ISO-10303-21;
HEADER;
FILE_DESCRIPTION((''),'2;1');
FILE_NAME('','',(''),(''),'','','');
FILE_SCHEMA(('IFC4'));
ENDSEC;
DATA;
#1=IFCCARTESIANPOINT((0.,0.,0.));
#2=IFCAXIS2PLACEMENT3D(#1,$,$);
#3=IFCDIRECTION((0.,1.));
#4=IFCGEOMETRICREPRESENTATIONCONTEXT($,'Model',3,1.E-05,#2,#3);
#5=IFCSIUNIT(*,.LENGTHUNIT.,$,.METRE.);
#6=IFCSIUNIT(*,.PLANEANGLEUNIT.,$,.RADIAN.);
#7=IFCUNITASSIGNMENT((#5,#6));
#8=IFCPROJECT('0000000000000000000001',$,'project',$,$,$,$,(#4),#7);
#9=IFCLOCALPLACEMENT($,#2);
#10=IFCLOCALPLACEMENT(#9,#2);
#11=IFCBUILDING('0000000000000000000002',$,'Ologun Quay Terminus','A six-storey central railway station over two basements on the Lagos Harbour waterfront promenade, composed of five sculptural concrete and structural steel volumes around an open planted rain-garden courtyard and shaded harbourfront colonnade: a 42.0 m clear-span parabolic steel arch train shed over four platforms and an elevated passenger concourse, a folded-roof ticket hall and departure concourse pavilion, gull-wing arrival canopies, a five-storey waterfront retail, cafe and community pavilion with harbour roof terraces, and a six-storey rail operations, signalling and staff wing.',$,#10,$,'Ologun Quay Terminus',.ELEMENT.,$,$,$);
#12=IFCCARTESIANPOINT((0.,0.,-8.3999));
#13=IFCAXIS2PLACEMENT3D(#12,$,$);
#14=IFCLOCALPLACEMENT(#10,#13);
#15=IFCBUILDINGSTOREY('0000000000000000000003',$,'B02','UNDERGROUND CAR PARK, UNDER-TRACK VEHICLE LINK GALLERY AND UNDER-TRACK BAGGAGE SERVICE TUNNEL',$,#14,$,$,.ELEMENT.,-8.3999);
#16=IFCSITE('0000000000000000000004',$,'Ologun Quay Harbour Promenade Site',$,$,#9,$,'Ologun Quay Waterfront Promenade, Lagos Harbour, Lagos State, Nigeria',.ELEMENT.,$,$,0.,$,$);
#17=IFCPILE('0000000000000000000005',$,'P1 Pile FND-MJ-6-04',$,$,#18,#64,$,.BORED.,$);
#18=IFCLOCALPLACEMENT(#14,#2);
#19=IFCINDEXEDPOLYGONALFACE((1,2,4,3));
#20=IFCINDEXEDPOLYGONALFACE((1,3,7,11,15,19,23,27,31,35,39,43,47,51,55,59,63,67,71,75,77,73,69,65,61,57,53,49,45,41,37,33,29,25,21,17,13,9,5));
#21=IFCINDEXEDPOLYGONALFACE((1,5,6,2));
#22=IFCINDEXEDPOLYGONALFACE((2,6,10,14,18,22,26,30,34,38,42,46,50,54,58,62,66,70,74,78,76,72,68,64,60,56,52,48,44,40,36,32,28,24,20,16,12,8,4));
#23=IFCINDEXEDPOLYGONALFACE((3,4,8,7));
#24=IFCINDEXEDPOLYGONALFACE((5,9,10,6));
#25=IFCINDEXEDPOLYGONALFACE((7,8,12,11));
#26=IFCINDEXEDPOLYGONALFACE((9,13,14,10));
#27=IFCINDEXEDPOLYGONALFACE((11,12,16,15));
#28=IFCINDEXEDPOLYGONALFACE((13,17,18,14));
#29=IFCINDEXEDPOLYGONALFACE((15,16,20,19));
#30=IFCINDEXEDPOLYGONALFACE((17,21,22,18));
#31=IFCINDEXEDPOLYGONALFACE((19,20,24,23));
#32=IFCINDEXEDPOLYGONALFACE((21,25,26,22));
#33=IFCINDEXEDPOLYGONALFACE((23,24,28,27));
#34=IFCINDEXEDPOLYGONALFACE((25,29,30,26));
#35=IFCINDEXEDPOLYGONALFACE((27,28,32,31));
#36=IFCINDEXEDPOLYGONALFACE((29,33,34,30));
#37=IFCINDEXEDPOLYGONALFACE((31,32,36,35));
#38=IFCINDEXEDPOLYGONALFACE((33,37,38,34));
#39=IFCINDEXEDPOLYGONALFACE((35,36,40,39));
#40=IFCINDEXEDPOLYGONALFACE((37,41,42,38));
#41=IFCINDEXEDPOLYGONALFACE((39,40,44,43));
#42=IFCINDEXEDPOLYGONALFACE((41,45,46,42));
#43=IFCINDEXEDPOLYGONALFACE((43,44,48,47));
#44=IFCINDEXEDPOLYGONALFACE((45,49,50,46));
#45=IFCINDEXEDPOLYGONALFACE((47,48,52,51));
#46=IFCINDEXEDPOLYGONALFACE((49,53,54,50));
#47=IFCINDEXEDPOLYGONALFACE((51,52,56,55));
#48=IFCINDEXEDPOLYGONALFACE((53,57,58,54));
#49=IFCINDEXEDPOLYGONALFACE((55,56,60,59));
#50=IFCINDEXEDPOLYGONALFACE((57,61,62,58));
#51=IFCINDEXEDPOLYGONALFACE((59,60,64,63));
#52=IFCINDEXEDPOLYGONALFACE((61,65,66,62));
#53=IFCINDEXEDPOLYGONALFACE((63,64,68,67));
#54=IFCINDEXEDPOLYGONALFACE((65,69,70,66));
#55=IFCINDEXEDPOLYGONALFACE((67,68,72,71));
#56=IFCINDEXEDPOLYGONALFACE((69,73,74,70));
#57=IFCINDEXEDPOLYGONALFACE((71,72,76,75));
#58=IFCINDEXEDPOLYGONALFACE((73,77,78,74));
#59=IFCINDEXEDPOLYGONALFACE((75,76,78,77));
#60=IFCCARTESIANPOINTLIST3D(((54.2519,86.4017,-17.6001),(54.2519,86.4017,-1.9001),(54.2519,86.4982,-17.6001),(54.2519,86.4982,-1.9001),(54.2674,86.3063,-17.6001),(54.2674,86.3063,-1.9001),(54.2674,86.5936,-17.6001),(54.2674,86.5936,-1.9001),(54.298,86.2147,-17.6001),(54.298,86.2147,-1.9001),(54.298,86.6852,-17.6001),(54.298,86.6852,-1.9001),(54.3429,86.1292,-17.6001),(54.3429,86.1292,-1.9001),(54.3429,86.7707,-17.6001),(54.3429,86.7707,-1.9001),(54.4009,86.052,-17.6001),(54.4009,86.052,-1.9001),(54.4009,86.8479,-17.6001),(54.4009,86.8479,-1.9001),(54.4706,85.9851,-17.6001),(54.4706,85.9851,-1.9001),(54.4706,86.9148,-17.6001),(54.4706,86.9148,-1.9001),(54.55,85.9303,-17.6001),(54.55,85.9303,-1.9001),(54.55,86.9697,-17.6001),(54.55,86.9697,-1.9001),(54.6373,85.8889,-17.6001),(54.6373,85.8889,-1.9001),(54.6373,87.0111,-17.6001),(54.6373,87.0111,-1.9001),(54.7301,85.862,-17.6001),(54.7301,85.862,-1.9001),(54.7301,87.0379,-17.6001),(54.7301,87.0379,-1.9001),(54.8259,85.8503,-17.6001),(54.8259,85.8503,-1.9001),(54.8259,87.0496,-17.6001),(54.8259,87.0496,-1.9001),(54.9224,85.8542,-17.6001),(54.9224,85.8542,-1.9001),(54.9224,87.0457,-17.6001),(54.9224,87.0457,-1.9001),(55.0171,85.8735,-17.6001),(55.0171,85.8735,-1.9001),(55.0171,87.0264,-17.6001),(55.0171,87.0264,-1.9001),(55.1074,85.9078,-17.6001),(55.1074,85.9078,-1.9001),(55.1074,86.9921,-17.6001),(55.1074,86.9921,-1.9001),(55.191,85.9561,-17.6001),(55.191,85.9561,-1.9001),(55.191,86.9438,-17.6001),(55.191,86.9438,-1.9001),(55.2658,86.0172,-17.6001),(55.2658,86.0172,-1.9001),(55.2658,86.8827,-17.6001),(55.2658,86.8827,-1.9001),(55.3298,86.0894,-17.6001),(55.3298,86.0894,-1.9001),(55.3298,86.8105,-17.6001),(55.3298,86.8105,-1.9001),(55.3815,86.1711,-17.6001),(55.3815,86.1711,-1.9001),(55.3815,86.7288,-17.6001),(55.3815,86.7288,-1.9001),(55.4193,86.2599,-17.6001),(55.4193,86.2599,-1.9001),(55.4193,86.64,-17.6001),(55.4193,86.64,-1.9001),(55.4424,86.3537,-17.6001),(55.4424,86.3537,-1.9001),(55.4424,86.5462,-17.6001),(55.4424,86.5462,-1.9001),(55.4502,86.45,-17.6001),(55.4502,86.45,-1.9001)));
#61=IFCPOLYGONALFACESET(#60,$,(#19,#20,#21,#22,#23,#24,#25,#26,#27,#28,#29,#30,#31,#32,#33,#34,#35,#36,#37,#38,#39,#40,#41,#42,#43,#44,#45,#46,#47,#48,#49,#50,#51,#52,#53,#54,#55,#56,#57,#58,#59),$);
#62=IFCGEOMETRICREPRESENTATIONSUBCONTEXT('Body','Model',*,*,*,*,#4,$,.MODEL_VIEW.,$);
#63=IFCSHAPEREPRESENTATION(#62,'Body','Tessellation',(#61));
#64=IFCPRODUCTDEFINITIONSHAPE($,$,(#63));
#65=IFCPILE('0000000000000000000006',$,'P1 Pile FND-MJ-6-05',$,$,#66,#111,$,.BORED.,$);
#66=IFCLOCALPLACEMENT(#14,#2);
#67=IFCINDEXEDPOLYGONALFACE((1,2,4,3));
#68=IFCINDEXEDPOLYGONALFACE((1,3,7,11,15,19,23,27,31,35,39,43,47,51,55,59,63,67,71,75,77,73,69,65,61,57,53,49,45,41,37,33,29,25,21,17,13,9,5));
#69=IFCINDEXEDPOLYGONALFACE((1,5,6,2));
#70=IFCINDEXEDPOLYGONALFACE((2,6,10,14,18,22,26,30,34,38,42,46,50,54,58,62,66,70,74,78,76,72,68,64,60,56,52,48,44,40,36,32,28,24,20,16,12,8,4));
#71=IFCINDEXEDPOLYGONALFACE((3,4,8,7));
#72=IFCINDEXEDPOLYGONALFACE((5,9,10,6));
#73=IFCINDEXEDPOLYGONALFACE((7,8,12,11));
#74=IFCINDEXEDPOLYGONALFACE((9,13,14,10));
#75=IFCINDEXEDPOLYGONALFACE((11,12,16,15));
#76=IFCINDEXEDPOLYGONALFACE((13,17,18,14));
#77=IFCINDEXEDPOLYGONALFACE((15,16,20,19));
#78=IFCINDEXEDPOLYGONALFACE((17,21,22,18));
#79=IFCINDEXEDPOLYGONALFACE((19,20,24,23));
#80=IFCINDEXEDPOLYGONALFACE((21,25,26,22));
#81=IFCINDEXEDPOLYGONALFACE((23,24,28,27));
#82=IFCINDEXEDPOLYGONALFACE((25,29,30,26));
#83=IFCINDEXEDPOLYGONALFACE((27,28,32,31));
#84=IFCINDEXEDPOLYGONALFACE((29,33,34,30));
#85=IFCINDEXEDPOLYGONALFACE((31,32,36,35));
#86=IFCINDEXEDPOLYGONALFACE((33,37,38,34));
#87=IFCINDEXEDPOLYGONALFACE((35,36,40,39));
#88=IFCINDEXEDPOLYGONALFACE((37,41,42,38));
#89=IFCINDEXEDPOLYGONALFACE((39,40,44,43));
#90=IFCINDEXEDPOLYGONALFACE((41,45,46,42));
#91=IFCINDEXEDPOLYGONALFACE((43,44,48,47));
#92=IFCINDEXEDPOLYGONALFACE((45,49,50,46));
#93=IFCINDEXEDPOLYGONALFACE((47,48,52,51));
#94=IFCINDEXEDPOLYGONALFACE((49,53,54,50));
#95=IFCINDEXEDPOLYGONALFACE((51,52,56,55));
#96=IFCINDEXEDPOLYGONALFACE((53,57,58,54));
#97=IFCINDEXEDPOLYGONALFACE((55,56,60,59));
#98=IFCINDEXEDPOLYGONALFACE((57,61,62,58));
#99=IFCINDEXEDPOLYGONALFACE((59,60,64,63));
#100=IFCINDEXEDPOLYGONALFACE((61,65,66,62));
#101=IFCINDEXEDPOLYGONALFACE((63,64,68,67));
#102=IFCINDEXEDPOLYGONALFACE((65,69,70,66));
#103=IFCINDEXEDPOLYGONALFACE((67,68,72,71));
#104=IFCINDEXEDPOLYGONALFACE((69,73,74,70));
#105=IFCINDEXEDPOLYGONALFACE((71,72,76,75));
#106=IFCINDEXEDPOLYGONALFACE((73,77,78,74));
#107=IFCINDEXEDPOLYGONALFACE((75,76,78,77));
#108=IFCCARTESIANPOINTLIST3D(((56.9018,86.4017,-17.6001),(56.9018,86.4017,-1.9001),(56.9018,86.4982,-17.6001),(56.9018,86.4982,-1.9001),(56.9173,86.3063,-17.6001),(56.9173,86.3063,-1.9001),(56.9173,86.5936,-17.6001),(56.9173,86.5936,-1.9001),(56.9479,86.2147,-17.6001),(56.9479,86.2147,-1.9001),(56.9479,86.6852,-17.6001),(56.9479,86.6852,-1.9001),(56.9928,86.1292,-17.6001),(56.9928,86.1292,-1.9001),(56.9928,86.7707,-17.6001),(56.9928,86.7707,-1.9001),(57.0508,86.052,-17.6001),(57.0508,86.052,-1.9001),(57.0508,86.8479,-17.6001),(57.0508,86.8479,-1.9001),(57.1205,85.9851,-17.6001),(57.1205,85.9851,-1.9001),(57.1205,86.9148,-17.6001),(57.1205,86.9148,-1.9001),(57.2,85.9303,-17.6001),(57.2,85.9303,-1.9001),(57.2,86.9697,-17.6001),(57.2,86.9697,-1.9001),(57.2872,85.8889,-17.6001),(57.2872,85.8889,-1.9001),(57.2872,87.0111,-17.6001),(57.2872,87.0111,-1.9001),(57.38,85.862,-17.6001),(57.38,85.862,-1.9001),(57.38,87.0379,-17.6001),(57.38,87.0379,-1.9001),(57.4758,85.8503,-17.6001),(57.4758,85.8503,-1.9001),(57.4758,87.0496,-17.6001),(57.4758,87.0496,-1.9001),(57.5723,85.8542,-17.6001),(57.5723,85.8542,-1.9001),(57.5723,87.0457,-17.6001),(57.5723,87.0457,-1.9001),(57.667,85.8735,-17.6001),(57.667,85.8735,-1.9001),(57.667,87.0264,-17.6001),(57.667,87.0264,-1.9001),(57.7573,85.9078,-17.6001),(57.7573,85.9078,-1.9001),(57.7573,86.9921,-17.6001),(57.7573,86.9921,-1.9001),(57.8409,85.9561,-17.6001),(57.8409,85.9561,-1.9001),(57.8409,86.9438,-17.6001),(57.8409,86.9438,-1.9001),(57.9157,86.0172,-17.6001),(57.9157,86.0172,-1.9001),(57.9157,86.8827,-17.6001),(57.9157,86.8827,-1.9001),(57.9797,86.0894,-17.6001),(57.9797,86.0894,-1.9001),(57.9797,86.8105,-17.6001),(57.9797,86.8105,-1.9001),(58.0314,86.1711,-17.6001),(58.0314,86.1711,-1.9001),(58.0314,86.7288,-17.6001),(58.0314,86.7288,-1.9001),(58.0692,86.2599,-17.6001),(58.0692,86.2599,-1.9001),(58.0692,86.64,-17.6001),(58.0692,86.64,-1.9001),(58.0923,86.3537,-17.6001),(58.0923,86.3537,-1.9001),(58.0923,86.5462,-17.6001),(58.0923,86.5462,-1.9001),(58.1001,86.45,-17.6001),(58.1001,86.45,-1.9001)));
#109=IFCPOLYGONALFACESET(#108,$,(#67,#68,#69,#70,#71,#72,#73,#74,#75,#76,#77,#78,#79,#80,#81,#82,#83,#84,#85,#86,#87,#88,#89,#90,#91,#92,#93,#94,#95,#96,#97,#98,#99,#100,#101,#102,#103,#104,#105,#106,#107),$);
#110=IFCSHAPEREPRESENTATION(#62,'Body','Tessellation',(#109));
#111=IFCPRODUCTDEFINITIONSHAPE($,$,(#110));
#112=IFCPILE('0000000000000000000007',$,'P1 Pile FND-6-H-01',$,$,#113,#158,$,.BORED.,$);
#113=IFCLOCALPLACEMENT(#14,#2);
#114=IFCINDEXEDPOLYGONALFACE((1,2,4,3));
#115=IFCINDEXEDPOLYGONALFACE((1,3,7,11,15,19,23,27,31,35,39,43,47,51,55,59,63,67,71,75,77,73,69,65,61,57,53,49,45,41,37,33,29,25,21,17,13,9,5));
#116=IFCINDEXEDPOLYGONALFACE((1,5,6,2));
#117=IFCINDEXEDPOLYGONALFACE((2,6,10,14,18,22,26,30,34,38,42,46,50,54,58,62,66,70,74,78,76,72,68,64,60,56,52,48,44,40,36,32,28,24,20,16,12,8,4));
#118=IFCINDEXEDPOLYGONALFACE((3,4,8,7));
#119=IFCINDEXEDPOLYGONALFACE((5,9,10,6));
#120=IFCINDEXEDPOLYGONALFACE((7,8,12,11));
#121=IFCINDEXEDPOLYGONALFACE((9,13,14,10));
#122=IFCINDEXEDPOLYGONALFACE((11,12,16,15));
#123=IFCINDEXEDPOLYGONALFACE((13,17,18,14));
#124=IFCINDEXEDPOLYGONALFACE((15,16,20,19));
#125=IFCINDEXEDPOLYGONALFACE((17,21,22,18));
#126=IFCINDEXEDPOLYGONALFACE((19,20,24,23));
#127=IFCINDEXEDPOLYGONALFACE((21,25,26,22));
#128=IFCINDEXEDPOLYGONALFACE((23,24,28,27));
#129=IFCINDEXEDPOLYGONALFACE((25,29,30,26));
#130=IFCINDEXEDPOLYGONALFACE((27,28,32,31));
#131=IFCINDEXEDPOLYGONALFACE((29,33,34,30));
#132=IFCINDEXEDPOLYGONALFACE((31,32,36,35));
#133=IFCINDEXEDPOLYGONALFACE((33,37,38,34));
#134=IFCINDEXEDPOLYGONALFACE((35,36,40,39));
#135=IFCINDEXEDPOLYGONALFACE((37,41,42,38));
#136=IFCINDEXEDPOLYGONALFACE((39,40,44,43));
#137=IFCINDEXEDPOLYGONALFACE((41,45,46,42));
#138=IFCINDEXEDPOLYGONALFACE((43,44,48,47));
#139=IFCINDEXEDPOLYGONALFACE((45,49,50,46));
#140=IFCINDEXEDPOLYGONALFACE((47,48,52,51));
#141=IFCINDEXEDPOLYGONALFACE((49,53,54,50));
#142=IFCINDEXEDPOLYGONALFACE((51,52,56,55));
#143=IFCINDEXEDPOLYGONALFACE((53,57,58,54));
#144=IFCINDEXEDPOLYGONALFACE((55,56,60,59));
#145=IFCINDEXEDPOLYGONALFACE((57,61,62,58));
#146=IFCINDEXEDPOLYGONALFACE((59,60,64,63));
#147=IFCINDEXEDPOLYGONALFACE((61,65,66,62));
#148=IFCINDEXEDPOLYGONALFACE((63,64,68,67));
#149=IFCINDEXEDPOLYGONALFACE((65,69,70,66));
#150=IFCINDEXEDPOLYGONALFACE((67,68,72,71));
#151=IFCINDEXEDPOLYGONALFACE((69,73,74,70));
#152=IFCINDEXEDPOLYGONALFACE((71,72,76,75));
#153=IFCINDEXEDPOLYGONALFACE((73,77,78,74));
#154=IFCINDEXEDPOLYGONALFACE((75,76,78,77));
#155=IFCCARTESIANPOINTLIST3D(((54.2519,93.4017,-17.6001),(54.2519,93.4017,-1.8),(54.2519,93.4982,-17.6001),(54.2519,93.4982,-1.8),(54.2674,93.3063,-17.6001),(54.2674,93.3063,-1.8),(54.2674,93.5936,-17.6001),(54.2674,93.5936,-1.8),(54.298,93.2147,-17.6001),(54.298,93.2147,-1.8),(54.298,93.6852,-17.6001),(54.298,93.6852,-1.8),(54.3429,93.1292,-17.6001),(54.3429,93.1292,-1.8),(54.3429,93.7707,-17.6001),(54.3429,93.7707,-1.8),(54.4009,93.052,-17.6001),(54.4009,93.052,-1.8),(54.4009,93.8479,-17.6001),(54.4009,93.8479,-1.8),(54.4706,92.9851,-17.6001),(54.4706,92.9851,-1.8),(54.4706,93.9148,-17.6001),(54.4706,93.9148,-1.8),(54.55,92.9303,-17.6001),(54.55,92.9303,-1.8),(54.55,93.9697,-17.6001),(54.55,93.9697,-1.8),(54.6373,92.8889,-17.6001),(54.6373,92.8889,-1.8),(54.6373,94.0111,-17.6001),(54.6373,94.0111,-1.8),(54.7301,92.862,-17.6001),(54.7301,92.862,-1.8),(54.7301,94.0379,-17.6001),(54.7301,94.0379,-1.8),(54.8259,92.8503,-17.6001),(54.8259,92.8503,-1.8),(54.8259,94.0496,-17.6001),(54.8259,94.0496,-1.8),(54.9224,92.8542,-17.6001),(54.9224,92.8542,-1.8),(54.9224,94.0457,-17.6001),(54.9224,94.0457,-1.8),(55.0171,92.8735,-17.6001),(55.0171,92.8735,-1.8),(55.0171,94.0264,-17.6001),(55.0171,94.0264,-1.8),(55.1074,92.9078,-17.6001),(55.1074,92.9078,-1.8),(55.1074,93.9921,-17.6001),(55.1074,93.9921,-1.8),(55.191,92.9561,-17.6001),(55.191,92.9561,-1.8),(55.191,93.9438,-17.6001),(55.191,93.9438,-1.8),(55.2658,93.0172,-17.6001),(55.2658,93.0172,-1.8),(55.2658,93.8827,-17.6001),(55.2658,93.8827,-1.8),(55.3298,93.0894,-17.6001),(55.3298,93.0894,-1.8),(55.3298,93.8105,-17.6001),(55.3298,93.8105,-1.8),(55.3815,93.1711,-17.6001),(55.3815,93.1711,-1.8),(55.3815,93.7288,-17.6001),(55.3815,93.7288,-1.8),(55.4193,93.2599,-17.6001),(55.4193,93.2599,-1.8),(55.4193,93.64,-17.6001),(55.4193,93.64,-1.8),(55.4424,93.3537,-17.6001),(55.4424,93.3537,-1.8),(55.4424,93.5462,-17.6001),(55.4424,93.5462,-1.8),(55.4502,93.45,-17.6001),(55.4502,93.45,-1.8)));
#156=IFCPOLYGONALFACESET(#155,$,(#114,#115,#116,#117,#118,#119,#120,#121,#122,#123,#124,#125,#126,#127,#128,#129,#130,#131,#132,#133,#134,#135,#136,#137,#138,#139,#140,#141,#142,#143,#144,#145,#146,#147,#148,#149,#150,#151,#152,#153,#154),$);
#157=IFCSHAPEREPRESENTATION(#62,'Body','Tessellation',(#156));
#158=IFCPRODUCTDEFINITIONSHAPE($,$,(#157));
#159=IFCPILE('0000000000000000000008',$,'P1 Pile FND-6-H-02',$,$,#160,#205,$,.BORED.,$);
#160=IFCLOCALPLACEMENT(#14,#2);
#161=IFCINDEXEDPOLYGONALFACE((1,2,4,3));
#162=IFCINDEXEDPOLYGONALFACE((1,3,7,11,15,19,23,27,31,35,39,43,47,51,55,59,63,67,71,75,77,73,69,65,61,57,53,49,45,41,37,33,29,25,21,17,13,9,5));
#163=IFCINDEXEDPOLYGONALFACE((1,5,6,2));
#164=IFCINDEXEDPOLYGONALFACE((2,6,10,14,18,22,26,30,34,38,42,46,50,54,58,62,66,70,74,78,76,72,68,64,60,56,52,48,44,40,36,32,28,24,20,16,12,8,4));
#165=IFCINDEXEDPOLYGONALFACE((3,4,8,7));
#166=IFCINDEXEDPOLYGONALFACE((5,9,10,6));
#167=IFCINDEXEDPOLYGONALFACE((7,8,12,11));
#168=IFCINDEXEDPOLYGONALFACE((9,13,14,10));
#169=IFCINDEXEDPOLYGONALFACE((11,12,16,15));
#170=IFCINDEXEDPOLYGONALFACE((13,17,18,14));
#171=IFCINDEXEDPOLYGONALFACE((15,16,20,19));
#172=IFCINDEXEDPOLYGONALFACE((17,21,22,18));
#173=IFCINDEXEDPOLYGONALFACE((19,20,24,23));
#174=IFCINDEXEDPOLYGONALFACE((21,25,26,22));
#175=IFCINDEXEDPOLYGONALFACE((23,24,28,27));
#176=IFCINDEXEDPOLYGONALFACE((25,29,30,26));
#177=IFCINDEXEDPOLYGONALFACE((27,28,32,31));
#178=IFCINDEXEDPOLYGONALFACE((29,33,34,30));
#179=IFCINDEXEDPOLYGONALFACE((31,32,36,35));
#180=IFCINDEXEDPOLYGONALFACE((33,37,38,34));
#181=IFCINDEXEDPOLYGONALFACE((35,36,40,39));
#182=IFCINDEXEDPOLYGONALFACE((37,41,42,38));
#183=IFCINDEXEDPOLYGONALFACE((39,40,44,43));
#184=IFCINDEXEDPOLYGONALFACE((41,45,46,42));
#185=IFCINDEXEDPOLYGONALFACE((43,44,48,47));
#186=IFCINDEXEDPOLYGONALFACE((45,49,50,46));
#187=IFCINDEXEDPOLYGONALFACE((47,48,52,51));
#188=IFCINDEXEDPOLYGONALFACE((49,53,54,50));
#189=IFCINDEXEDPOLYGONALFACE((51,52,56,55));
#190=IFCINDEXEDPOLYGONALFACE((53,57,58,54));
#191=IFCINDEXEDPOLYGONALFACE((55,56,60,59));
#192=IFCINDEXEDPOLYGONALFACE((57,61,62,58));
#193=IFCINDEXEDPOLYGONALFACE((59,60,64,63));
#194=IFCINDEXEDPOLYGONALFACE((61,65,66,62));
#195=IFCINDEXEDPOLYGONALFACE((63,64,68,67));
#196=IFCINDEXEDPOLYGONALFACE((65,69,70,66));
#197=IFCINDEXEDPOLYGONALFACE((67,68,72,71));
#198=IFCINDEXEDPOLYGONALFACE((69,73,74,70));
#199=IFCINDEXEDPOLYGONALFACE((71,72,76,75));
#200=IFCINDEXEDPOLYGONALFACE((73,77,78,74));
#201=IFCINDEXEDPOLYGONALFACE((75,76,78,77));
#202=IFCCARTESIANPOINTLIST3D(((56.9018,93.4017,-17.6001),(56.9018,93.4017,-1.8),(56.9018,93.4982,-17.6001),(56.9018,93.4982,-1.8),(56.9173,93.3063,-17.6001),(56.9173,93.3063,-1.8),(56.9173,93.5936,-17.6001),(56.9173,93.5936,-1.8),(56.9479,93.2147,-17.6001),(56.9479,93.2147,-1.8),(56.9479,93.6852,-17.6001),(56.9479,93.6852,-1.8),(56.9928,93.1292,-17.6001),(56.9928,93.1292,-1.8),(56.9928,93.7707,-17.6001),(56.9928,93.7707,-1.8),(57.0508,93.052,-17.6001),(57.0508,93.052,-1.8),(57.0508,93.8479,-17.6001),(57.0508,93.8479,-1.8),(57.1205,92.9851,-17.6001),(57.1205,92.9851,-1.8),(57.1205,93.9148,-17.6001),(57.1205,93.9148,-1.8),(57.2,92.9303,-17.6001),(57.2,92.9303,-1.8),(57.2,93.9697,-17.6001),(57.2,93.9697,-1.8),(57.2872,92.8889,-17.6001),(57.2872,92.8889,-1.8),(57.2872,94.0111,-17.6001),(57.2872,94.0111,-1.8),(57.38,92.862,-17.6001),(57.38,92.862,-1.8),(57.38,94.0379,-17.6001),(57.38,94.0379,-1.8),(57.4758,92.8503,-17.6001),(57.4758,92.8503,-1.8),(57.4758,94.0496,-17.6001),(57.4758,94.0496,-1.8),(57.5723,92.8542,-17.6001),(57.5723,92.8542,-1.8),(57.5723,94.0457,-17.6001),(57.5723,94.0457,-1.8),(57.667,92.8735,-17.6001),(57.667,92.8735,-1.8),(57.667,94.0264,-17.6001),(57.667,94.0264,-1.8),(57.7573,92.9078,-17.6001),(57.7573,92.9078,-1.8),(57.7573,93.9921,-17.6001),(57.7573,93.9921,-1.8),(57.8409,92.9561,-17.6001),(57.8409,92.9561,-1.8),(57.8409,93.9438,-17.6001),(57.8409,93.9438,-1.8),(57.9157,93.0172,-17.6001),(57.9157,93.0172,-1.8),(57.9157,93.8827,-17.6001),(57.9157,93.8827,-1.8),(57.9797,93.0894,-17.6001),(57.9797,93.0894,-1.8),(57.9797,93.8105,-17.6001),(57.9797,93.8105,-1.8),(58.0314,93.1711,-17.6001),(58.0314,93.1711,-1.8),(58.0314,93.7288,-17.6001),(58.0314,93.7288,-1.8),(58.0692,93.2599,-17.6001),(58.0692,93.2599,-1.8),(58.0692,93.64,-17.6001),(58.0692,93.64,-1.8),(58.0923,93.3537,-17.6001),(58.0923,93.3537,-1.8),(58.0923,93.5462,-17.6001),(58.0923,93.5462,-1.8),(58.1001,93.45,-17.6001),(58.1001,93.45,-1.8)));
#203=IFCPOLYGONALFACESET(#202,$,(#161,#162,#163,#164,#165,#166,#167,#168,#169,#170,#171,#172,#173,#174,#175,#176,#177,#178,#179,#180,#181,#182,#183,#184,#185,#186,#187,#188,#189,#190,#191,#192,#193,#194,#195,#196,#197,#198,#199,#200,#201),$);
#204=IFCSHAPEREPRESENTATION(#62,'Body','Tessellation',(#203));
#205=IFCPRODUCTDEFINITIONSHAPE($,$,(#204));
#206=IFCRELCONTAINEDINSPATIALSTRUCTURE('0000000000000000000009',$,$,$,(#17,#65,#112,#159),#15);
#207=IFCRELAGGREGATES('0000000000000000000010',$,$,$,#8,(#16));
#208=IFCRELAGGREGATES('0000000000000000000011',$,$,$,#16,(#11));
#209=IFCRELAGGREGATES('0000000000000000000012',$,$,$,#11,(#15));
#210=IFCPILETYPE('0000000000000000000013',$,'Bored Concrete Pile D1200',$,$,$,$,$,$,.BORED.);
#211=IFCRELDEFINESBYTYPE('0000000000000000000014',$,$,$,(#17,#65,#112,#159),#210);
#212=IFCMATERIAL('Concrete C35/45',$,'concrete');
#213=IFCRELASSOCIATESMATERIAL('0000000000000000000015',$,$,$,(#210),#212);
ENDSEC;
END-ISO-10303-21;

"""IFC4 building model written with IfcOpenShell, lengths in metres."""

from ifc_helpers import new_model, si_unit, direction, frame, origin, origin_2d, place, context, subcontext, project, spatial, circle, extrude, material, material_profile, profile_set, type_object, element, save


model = new_model("IFC4")

# Units and contexts
model_context = context("Model", 3, precision=1e-05, world=origin(), true_north=direction((0.0, 1.0)))
body_context = subcontext(model_context, "Body", "Model", "MODEL_VIEW")
ifc_project = project(units=[si_unit("LENGTHUNIT", "METRE"), si_unit("PLANEANGLEUNIT", "RADIAN")], contexts=[model_context])

# Site, building, storey
site_placement = place(None, origin())
site = spatial("IfcSite", under=ifc_project, at=site_placement, Name="Ologun Quay Harbour Promenade Site", LongName="Ologun Quay Waterfront Promenade, Lagos Harbour, Lagos State, Nigeria", CompositionType="ELEMENT", RefElevation=0.0)
building_placement = place(site_placement, origin())
building = spatial("IfcBuilding", under=site, at=building_placement, Name="Ologun Quay Terminus", Description="A six-storey central railway station over two basements on the Lagos Harbour waterfront promenade, composed of five sculptural concrete and structural steel volumes around an open planted rain-garden courtyard and shaded harbourfront colonnade: a 42.0 m clear-span parabolic steel arch train shed over four platforms and an elevated passenger concourse, a folded-roof ticket hall and departure concourse pavilion, gull-wing arrival canopies, a five-storey waterfront retail, cafe and community pavilion with harbour roof terraces, and a six-storey rail operations, signalling and staff wing.", LongName="Ologun Quay Terminus", CompositionType="ELEMENT")
storey_placement = place(building_placement, frame((0.0, 0.0, -8.3999)))
storey = spatial("IfcBuildingStorey", under=building, at=storey_placement, Name="B02", Description="UNDERGROUND CAR PARK, UNDER-TRACK VEHICLE LINK GALLERY AND UNDER-TRACK BAGGAGE SERVICE TUNNEL", CompositionType="ELEMENT", Elevation=-8.3999)

# Piles
ifc_material_1 = material(Name="Concrete C35/45", Category="concrete")
ifc_material_profile_1 = material_profile(ifc_material_1, circle(Radius=0.6001, at=origin_2d()), Name="PILE D1200")
ifc_profile_set_1 = profile_set([ifc_material_profile_1], Name="Concrete C35/45")
pile_type = type_object("IfcPileType", Name="Bored Concrete Pile D1200", PredefinedType="BORED", material=ifc_profile_set_1)
for number, where, z_axis, x_axis, name in (
    (1, (54.8501, 86.45, -1.9001), (0.0, 0.0, -1.0), (1.0, 0.0, 0.0), "P1 Pile FND-MJ-6-04"),
    (2, (57.5, 86.45, -1.9001), (0.0, 0.0, -1.0), (1.0, 0.0, 0.0), "P1 Pile FND-MJ-6-05"),
):
    element("IfcPile", number, at=place(storey_placement, frame(where, z_axis=z_axis, x_axis=x_axis)), inside=storey, type_object=pile_type, Name=name, PredefinedType="BORED", context=body_context, shape_type="SweptSolid", body=[
        extrude(circle(Radius=0.6001, at=origin_2d()), origin(), (0.0, 0.0, 1.0), 15.7),
    ])
for number, where, z_axis, x_axis, name in (
    (3, (54.8501, 93.45, -1.8), (0.0, 0.0, -1.0), (1.0, 0.0, 0.0), "P1 Pile FND-6-H-01"),
    (4, (57.5, 93.45, -1.8), (0.0, 0.0, -1.0), (1.0, 0.0, 0.0), "P1 Pile FND-6-H-02"),
):
    element("IfcPile", number, at=place(storey_placement, frame(where, z_axis=z_axis, x_axis=x_axis)), inside=storey, type_object=pile_type, Name=name, PredefinedType="BORED", context=body_context, shape_type="SweptSolid", body=[
        extrude(circle(Radius=0.6001, at=origin_2d()), origin(), (0.0, 0.0, 1.0), 15.8),
    ])

save(model, "model.ifc")
